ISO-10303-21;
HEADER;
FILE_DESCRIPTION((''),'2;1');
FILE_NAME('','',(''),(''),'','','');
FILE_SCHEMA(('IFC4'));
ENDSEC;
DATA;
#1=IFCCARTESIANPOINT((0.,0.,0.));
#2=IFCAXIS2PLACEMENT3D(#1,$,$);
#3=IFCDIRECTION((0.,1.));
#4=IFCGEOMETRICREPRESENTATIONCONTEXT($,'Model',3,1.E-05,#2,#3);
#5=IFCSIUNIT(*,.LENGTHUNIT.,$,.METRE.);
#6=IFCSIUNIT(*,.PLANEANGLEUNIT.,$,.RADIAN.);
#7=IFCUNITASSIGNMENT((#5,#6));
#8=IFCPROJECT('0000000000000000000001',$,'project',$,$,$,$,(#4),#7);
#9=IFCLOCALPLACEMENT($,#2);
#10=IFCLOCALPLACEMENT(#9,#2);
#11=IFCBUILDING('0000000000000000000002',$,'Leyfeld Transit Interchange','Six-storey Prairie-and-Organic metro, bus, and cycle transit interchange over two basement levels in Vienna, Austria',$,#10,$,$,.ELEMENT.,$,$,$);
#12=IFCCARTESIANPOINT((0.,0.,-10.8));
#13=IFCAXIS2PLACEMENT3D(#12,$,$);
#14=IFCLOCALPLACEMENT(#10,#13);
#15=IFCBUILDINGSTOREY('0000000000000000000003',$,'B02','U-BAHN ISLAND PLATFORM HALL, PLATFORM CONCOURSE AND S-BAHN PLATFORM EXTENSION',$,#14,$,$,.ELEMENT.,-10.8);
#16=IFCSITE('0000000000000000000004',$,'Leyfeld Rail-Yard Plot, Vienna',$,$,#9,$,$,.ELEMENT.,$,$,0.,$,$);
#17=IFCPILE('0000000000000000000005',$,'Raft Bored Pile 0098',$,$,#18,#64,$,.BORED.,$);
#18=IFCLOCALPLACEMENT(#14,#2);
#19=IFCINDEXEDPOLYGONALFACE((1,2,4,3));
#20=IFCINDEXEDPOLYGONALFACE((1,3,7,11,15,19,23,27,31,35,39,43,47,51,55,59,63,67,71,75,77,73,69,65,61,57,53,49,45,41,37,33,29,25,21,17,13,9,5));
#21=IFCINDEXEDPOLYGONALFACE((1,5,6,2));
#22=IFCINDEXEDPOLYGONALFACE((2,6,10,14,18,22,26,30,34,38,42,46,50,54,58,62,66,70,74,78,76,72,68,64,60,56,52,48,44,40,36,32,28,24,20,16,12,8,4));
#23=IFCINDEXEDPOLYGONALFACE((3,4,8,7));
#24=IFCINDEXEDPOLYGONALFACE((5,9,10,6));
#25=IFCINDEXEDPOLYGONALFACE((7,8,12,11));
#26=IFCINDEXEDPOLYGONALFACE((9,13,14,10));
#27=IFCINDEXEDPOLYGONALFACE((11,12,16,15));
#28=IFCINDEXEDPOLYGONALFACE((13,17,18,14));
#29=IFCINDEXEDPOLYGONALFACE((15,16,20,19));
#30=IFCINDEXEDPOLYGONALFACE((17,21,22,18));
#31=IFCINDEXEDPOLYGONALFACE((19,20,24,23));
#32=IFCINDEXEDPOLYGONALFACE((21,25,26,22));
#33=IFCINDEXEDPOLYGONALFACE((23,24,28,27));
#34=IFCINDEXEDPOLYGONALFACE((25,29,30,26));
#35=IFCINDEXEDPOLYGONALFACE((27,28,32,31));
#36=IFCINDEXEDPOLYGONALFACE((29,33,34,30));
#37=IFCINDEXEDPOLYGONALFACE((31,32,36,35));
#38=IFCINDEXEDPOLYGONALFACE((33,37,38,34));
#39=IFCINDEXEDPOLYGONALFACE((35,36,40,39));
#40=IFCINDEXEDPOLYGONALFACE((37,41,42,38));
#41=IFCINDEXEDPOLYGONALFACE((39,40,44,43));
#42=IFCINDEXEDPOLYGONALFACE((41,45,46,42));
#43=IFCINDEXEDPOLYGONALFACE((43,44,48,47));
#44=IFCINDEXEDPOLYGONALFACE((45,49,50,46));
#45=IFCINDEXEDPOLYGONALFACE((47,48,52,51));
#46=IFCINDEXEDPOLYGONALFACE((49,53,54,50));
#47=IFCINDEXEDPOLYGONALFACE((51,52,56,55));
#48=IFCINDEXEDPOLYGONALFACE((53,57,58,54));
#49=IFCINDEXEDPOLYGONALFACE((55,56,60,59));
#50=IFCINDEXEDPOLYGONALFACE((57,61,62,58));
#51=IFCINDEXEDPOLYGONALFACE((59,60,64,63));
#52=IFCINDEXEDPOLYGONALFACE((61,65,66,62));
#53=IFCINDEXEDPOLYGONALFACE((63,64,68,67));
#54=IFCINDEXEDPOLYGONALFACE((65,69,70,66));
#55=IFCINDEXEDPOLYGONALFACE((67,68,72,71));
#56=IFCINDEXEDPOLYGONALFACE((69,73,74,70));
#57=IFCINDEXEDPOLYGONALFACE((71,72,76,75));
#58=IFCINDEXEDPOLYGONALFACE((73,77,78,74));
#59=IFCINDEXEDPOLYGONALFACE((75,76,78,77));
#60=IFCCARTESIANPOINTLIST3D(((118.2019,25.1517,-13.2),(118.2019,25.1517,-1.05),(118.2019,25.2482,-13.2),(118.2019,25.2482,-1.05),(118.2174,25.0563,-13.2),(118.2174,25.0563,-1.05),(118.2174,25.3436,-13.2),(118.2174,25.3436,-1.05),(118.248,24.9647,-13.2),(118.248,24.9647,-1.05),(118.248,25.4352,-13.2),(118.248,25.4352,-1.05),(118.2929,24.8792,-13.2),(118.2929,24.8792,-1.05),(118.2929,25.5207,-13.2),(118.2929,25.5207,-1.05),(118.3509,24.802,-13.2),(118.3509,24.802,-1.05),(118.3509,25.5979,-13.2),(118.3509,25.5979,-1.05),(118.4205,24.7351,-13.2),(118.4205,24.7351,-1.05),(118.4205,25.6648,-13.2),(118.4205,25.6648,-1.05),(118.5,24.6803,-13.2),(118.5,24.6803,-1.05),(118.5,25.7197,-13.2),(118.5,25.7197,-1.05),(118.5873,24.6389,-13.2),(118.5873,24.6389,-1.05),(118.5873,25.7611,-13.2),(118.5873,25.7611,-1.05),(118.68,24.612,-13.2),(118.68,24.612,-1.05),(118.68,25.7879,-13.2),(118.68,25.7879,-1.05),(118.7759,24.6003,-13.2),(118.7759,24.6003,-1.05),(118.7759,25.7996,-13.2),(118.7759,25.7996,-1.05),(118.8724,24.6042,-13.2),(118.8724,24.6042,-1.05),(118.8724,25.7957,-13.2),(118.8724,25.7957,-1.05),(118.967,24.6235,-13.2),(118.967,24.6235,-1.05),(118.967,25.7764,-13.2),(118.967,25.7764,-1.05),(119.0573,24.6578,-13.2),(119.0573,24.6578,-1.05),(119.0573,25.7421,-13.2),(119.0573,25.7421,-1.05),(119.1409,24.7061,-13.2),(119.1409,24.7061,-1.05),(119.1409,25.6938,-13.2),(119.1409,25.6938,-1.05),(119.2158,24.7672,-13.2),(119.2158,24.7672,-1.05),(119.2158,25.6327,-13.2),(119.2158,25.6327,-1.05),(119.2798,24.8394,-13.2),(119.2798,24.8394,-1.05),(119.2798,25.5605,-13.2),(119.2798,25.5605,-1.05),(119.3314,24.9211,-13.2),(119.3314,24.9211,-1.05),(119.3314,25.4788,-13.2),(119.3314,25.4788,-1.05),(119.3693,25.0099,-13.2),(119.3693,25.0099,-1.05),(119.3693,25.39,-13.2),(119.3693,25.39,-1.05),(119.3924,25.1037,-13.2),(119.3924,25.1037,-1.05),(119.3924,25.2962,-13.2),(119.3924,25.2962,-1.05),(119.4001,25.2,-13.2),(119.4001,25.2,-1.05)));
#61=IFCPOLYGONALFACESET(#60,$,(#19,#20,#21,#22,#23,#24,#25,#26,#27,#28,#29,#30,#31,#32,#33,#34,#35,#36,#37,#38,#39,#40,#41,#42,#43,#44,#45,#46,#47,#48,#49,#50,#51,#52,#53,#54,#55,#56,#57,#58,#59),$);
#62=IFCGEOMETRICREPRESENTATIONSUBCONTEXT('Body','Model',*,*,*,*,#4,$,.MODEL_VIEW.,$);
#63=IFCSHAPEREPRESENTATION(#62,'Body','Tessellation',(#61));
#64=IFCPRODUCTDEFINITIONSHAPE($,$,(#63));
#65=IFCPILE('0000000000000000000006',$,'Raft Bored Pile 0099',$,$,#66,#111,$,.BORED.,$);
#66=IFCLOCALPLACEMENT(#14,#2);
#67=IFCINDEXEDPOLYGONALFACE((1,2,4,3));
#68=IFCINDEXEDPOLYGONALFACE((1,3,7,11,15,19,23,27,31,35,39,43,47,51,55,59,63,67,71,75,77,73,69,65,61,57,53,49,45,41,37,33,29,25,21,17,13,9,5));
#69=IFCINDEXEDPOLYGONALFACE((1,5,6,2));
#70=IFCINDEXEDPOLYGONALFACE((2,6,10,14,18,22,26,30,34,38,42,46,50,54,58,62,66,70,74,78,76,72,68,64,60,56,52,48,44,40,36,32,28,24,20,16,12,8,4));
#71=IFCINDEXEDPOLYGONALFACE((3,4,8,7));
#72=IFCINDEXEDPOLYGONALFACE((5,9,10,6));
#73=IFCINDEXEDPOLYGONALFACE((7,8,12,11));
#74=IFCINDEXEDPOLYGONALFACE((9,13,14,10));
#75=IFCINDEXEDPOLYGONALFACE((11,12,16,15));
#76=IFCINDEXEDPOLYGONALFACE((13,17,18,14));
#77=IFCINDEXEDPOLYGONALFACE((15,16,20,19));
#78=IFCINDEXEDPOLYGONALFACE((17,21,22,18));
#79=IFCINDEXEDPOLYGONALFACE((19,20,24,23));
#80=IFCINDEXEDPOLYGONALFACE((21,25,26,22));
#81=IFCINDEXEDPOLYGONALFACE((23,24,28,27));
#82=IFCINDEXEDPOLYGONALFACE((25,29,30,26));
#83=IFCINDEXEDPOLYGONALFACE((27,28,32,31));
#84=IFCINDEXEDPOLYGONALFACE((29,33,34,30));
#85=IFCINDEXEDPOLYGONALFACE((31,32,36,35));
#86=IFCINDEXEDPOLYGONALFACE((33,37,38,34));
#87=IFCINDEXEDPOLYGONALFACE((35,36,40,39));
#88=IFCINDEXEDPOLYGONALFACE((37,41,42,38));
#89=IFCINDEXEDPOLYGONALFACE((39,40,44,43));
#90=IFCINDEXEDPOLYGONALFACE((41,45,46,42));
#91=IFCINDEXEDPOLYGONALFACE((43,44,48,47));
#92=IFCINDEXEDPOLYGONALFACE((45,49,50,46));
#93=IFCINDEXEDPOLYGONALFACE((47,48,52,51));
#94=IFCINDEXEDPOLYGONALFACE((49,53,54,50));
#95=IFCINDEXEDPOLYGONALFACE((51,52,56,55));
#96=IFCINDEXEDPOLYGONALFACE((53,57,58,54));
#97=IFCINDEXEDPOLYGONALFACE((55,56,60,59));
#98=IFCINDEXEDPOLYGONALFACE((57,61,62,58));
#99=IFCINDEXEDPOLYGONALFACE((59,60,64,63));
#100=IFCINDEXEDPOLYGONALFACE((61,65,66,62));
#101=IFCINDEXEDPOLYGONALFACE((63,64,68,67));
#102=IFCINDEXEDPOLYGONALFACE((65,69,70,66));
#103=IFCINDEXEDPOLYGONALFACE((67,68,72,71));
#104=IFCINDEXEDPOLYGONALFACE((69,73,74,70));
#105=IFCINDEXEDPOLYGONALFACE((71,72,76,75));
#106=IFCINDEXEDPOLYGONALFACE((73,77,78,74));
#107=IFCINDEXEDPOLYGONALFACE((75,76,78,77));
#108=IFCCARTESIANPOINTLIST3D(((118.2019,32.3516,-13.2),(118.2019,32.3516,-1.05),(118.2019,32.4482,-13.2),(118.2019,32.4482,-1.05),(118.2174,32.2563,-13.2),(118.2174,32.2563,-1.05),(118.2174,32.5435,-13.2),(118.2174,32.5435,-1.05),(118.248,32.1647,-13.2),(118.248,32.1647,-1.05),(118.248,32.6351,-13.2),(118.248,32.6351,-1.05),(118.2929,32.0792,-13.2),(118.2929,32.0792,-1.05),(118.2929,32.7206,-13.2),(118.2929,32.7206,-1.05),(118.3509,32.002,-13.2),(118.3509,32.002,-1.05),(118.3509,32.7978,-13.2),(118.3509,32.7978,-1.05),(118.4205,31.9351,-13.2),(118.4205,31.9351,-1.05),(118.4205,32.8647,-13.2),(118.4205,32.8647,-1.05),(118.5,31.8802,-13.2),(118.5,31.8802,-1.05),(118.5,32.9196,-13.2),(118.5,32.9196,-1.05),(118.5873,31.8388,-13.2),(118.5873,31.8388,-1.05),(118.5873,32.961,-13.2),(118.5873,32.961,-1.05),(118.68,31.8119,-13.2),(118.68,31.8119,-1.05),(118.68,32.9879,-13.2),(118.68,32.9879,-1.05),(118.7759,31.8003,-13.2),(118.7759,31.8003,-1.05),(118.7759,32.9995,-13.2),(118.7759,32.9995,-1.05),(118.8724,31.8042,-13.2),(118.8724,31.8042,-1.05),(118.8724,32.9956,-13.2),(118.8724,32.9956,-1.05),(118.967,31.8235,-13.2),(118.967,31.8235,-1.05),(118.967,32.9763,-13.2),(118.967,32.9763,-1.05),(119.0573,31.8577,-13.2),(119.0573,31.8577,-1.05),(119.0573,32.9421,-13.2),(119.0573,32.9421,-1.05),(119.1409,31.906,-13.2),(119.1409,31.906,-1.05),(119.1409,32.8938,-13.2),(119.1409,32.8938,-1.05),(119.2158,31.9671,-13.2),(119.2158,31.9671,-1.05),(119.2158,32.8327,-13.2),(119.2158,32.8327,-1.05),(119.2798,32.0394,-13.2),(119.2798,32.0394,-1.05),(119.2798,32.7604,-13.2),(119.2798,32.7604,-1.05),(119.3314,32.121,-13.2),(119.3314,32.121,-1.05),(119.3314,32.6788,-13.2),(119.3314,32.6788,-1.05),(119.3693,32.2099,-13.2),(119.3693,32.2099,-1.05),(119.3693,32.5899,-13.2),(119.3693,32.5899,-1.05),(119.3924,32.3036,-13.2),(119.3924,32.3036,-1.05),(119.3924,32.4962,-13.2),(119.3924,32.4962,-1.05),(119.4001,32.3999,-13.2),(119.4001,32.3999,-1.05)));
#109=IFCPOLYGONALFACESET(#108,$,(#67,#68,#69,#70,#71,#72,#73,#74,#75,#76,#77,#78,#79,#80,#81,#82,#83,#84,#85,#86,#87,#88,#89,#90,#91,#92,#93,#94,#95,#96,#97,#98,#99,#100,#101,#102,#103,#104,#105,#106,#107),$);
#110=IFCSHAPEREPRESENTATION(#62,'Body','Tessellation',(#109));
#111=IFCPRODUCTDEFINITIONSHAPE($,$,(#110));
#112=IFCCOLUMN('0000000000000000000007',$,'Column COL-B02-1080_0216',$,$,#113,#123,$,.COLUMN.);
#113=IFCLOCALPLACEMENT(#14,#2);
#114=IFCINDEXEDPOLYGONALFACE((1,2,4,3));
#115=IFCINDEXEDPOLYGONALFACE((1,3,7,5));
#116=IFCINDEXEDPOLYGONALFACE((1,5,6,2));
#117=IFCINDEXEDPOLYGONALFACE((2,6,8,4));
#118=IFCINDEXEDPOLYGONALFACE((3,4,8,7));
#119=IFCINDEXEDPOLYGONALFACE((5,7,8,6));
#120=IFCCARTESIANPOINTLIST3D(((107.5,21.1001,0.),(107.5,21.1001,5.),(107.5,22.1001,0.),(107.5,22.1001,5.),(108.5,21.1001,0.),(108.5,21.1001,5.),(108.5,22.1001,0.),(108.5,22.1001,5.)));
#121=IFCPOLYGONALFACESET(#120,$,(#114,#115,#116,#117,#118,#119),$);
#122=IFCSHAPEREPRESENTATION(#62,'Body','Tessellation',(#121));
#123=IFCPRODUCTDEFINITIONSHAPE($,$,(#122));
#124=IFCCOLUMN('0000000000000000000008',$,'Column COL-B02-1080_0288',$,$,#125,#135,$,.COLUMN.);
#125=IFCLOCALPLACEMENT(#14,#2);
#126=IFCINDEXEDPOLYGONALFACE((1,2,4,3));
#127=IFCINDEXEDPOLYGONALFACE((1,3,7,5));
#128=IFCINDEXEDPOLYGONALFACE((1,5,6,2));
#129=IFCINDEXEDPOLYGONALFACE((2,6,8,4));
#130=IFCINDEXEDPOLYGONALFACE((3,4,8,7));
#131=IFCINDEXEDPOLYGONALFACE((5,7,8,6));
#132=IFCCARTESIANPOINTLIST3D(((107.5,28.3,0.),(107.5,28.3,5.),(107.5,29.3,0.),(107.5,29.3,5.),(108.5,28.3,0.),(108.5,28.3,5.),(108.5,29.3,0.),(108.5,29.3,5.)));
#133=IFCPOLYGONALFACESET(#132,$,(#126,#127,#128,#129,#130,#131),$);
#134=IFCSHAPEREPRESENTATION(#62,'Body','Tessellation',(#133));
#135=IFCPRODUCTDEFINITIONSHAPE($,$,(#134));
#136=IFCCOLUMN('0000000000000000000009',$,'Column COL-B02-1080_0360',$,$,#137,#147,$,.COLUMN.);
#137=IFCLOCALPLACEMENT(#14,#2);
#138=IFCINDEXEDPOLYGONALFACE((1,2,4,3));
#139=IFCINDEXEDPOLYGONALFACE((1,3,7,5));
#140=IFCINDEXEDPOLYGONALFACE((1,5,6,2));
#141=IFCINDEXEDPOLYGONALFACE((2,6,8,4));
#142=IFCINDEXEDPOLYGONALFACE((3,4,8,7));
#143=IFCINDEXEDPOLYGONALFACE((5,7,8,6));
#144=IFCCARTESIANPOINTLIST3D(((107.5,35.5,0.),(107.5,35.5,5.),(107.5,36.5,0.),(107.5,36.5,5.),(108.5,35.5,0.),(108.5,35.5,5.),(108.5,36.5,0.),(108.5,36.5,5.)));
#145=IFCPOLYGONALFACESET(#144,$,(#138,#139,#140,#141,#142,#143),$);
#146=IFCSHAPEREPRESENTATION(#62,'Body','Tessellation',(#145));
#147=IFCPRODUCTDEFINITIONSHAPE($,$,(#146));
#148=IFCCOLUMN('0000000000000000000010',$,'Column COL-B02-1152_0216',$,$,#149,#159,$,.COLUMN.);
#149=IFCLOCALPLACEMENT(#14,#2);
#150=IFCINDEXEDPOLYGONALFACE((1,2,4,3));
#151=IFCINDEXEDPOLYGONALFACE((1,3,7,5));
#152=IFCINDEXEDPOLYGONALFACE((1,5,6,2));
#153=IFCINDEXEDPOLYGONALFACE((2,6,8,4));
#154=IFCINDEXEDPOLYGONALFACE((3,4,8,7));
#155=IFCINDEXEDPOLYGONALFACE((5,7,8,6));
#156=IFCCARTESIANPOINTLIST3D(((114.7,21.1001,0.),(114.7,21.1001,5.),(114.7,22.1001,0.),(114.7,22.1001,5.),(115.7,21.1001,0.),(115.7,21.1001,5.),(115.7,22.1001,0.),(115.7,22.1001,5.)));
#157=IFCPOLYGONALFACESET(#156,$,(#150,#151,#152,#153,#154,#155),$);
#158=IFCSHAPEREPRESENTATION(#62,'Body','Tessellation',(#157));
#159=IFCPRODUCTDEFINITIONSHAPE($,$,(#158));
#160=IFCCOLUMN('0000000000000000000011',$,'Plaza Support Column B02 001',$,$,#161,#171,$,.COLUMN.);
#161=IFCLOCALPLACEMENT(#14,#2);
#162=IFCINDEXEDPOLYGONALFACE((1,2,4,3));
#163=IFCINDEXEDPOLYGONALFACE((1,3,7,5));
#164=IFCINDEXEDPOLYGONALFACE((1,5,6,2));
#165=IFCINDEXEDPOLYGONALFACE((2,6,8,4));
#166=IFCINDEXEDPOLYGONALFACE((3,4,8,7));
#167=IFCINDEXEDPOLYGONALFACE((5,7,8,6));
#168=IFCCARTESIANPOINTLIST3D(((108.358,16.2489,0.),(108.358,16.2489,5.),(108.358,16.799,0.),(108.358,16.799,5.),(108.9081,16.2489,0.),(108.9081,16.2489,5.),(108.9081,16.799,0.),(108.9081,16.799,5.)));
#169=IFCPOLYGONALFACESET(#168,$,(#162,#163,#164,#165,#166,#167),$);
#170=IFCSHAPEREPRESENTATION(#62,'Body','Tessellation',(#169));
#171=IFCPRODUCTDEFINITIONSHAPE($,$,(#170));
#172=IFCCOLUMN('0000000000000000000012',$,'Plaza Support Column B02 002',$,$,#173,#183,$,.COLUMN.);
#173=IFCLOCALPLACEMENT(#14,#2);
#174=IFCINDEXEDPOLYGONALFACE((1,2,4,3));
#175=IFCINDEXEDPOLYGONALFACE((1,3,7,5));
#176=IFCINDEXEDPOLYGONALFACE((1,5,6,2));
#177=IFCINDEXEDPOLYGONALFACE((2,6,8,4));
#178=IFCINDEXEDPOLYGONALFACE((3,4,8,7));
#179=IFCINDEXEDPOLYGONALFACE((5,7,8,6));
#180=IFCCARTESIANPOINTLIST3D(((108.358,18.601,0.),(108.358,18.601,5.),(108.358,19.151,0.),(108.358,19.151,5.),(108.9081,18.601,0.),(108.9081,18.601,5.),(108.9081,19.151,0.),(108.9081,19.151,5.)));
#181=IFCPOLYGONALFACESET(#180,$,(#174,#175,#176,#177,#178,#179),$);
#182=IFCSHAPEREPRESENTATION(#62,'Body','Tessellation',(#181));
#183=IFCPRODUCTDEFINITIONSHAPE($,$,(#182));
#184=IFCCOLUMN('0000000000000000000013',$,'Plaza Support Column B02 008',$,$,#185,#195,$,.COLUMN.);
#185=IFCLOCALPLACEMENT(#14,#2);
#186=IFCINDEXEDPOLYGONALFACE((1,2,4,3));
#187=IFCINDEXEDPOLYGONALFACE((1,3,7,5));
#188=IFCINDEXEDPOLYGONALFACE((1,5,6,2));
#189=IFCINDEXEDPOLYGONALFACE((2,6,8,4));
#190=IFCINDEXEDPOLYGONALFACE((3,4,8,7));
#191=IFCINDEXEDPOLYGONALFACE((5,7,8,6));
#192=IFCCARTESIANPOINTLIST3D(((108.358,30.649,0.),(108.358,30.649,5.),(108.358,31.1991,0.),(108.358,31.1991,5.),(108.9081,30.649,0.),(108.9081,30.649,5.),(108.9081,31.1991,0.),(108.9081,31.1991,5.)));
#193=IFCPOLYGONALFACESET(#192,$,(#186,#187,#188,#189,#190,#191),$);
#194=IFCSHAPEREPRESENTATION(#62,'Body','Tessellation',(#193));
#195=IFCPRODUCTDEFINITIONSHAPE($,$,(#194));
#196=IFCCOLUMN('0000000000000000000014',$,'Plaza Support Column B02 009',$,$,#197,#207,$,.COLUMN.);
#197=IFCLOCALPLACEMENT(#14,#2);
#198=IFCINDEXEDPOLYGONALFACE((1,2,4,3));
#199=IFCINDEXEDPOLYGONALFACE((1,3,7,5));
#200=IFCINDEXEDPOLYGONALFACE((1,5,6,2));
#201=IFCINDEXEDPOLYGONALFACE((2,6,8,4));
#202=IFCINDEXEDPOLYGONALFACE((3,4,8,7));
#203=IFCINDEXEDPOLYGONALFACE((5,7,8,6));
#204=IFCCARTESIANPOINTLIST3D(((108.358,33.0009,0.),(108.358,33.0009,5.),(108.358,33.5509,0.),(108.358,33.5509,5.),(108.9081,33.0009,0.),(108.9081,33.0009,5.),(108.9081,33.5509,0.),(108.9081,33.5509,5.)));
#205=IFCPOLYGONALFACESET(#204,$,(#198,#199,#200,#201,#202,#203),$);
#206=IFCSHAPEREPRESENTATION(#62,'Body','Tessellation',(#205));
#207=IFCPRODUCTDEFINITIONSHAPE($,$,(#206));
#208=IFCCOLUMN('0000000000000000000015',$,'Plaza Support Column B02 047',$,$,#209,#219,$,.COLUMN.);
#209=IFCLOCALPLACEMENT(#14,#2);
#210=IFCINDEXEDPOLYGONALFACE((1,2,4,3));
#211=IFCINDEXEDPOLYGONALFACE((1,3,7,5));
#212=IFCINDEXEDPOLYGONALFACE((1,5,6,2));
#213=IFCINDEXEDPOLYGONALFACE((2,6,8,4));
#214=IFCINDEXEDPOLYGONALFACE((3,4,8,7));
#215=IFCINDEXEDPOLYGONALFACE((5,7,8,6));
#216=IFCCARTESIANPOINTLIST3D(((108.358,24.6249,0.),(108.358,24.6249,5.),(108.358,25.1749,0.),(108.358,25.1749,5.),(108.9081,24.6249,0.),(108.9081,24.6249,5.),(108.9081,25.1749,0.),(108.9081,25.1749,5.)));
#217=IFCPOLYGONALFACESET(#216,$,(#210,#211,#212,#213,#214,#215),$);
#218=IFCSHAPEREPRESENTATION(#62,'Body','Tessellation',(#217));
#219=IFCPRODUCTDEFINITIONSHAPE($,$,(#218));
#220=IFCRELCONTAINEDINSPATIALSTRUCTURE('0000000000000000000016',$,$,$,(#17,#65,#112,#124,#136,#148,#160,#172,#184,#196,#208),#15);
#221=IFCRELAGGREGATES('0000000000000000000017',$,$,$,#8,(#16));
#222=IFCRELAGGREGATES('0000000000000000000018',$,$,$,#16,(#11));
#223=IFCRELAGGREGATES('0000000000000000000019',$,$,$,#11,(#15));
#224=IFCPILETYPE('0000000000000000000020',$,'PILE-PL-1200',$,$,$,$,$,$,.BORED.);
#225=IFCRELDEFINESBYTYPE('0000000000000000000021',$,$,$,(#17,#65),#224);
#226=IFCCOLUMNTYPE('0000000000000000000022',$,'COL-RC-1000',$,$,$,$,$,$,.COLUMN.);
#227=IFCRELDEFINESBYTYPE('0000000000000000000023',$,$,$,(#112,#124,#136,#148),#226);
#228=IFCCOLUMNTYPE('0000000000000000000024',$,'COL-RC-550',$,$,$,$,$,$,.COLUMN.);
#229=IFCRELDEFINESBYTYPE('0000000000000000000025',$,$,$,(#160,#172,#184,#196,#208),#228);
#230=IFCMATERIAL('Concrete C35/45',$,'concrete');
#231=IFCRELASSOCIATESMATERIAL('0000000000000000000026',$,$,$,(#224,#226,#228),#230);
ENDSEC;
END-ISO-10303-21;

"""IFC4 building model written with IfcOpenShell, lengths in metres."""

from ifc_helpers import new_model, si_unit, direction, frame, origin, origin_2d, place, context, subcontext, project, spatial, rectangle, circle, extrude, material, material_profile, profile_set, type_object, element, save


model = new_model("IFC4")

# Units and contexts
model_context = context("Model", 3, precision=1e-05, world=origin(), true_north=direction((0.0, 1.0)))
body_context = subcontext(model_context, "Body", "Model", "MODEL_VIEW")
ifc_project = project(units=[si_unit("LENGTHUNIT", "METRE"), si_unit("PLANEANGLEUNIT", "RADIAN")], contexts=[model_context])

# Site, building, storey
site_placement = place(None, origin())
site = spatial("IfcSite", under=ifc_project, at=site_placement, Name="Leyfeld Rail-Yard Plot, Vienna", CompositionType="ELEMENT", RefElevation=0.0)
building_placement = place(site_placement, origin())
building = spatial("IfcBuilding", under=site, at=building_placement, Name="Leyfeld Transit Interchange", Description="Six-storey Prairie-and-Organic metro, bus, and cycle transit interchange over two basement levels in Vienna, Austria", CompositionType="ELEMENT")
storey_placement = place(building_placement, frame((0.0, 0.0, -10.8)))
storey = spatial("IfcBuildingStorey", under=building, at=storey_placement, Name="B02", Description="U-BAHN ISLAND PLATFORM HALL, PLATFORM CONCOURSE AND S-BAHN PLATFORM EXTENSION", CompositionType="ELEMENT", Elevation=-10.8)

# Piles
ifc_material = material(Name="Concrete C35/45", Category="concrete")
ifc_material_profile_1 = material_profile(ifc_material, circle(Radius=0.6001, at=origin_2d()), Name="PILE D1200")
ifc_profile_set_1 = profile_set([ifc_material_profile_1], Name="Concrete C35/45")
pile_type = type_object("IfcPileType", Name="PILE-PL-1200", PredefinedType="BORED", material=ifc_profile_set_1)
for number, where, z_axis, x_axis, name in (
    (1, (118.8, 25.2, -1.05), (0.0, 0.0, -1.0), (1.0, 0.0, 0.0), "Raft Bored Pile 0098"),
    (2, (118.8, 32.3999, -1.05), (0.0, 0.0, -1.0), (1.0, 0.0, 0.0), "Raft Bored Pile 0099"),
):
    element("IfcPile", number, at=place(storey_placement, frame(where, z_axis=z_axis, x_axis=x_axis)), inside=storey, type_object=pile_type, Name=name, PredefinedType="BORED", context=body_context, shape_type="SweptSolid", body=[
        extrude(circle(Radius=0.6001, at=origin_2d()), origin(), (0.0, 0.0, 1.0), 12.1499),
    ])

# Columns
ifc_material_profile_2 = material_profile(ifc_material, rectangle(XDim=1.0, YDim=1.0, at=origin_2d()), Name="RC 1000x1000")
ifc_profile_set_2 = profile_set([ifc_material_profile_2], Name="Concrete C35/45")
column_type_1 = type_object("IfcColumnType", Name="COL-RC-1000", PredefinedType="COLUMN", material=ifc_profile_set_2)
for number, where, z_axis, x_axis, name in (
    (3, (108.0, 21.6001, 0.0), (0.0, 0.0, 1.0), (1.0, 0.0, 0.0), "Column COL-B02-1080_0216"),
    (4, (108.0, 28.8, 0.0), (0.0, 0.0, 1.0), (1.0, 0.0, 0.0), "Column COL-B02-1080_0288"),
    (5, (108.0, 36.0, 0.0), (0.0, 0.0, 1.0), (1.0, 0.0, 0.0), "Column COL-B02-1080_0360"),
    (6, (115.2, 21.6001, 0.0), (0.0, 0.0, 1.0), (1.0, 0.0, 0.0), "Column COL-B02-1152_0216"),
):
    element("IfcColumn", number, at=place(storey_placement, frame(where, z_axis=z_axis, x_axis=x_axis)), inside=storey, type_object=column_type_1, Name=name, PredefinedType="COLUMN", context=body_context, shape_type="SweptSolid", body=[
        extrude(rectangle(XDim=1.0, YDim=1.0, at=origin_2d()), origin(), (0.0, 0.0, 1.0), 5.0),
    ])
ifc_material_profile_3 = material_profile(ifc_material, rectangle(XDim=0.55, YDim=0.55, at=origin_2d()), Name="RC 550x550")
ifc_profile_set_3 = profile_set([ifc_material_profile_3], Name="Concrete C35/45")
column_type_2 = type_object("IfcColumnType", Name="COL-RC-550", PredefinedType="COLUMN", material=ifc_profile_set_3)
for number, where, z_axis, x_axis, name in (
    (7, (108.6331, 16.5239, 0.0), (0.0, 0.0, 1.0), (1.0, 0.0, 0.0), "Plaza Support Column B02 001"),
    (8, (108.6331, 18.876, 0.0), (0.0, 0.0, 1.0), (1.0, 0.0, 0.0), "Plaza Support Column B02 002"),
    (9, (108.6331, 30.9241, 0.0), (0.0, 0.0, 1.0), (1.0, 0.0, 0.0), "Plaza Support Column B02 008"),
    (10, (108.6331, 33.2759, 0.0), (0.0, 0.0, 1.0), (1.0, 0.0, 0.0), "Plaza Support Column B02 009"),
    (11, (108.6331, 24.8999, 0.0), (0.0, 0.0, 1.0), (1.0, 0.0, 0.0), "Plaza Support Column B02 047"),
):
    element("IfcColumn", number, at=place(storey_placement, frame(where, z_axis=z_axis, x_axis=x_axis)), inside=storey, type_object=column_type_2, Name=name, PredefinedType="COLUMN", context=body_context, shape_type="SweptSolid", body=[
        extrude(rectangle(XDim=0.55, YDim=0.55, at=origin_2d()), origin(), (0.0, 0.0, 1.0), 5.0),
    ])

save(model, "model.ifc")
